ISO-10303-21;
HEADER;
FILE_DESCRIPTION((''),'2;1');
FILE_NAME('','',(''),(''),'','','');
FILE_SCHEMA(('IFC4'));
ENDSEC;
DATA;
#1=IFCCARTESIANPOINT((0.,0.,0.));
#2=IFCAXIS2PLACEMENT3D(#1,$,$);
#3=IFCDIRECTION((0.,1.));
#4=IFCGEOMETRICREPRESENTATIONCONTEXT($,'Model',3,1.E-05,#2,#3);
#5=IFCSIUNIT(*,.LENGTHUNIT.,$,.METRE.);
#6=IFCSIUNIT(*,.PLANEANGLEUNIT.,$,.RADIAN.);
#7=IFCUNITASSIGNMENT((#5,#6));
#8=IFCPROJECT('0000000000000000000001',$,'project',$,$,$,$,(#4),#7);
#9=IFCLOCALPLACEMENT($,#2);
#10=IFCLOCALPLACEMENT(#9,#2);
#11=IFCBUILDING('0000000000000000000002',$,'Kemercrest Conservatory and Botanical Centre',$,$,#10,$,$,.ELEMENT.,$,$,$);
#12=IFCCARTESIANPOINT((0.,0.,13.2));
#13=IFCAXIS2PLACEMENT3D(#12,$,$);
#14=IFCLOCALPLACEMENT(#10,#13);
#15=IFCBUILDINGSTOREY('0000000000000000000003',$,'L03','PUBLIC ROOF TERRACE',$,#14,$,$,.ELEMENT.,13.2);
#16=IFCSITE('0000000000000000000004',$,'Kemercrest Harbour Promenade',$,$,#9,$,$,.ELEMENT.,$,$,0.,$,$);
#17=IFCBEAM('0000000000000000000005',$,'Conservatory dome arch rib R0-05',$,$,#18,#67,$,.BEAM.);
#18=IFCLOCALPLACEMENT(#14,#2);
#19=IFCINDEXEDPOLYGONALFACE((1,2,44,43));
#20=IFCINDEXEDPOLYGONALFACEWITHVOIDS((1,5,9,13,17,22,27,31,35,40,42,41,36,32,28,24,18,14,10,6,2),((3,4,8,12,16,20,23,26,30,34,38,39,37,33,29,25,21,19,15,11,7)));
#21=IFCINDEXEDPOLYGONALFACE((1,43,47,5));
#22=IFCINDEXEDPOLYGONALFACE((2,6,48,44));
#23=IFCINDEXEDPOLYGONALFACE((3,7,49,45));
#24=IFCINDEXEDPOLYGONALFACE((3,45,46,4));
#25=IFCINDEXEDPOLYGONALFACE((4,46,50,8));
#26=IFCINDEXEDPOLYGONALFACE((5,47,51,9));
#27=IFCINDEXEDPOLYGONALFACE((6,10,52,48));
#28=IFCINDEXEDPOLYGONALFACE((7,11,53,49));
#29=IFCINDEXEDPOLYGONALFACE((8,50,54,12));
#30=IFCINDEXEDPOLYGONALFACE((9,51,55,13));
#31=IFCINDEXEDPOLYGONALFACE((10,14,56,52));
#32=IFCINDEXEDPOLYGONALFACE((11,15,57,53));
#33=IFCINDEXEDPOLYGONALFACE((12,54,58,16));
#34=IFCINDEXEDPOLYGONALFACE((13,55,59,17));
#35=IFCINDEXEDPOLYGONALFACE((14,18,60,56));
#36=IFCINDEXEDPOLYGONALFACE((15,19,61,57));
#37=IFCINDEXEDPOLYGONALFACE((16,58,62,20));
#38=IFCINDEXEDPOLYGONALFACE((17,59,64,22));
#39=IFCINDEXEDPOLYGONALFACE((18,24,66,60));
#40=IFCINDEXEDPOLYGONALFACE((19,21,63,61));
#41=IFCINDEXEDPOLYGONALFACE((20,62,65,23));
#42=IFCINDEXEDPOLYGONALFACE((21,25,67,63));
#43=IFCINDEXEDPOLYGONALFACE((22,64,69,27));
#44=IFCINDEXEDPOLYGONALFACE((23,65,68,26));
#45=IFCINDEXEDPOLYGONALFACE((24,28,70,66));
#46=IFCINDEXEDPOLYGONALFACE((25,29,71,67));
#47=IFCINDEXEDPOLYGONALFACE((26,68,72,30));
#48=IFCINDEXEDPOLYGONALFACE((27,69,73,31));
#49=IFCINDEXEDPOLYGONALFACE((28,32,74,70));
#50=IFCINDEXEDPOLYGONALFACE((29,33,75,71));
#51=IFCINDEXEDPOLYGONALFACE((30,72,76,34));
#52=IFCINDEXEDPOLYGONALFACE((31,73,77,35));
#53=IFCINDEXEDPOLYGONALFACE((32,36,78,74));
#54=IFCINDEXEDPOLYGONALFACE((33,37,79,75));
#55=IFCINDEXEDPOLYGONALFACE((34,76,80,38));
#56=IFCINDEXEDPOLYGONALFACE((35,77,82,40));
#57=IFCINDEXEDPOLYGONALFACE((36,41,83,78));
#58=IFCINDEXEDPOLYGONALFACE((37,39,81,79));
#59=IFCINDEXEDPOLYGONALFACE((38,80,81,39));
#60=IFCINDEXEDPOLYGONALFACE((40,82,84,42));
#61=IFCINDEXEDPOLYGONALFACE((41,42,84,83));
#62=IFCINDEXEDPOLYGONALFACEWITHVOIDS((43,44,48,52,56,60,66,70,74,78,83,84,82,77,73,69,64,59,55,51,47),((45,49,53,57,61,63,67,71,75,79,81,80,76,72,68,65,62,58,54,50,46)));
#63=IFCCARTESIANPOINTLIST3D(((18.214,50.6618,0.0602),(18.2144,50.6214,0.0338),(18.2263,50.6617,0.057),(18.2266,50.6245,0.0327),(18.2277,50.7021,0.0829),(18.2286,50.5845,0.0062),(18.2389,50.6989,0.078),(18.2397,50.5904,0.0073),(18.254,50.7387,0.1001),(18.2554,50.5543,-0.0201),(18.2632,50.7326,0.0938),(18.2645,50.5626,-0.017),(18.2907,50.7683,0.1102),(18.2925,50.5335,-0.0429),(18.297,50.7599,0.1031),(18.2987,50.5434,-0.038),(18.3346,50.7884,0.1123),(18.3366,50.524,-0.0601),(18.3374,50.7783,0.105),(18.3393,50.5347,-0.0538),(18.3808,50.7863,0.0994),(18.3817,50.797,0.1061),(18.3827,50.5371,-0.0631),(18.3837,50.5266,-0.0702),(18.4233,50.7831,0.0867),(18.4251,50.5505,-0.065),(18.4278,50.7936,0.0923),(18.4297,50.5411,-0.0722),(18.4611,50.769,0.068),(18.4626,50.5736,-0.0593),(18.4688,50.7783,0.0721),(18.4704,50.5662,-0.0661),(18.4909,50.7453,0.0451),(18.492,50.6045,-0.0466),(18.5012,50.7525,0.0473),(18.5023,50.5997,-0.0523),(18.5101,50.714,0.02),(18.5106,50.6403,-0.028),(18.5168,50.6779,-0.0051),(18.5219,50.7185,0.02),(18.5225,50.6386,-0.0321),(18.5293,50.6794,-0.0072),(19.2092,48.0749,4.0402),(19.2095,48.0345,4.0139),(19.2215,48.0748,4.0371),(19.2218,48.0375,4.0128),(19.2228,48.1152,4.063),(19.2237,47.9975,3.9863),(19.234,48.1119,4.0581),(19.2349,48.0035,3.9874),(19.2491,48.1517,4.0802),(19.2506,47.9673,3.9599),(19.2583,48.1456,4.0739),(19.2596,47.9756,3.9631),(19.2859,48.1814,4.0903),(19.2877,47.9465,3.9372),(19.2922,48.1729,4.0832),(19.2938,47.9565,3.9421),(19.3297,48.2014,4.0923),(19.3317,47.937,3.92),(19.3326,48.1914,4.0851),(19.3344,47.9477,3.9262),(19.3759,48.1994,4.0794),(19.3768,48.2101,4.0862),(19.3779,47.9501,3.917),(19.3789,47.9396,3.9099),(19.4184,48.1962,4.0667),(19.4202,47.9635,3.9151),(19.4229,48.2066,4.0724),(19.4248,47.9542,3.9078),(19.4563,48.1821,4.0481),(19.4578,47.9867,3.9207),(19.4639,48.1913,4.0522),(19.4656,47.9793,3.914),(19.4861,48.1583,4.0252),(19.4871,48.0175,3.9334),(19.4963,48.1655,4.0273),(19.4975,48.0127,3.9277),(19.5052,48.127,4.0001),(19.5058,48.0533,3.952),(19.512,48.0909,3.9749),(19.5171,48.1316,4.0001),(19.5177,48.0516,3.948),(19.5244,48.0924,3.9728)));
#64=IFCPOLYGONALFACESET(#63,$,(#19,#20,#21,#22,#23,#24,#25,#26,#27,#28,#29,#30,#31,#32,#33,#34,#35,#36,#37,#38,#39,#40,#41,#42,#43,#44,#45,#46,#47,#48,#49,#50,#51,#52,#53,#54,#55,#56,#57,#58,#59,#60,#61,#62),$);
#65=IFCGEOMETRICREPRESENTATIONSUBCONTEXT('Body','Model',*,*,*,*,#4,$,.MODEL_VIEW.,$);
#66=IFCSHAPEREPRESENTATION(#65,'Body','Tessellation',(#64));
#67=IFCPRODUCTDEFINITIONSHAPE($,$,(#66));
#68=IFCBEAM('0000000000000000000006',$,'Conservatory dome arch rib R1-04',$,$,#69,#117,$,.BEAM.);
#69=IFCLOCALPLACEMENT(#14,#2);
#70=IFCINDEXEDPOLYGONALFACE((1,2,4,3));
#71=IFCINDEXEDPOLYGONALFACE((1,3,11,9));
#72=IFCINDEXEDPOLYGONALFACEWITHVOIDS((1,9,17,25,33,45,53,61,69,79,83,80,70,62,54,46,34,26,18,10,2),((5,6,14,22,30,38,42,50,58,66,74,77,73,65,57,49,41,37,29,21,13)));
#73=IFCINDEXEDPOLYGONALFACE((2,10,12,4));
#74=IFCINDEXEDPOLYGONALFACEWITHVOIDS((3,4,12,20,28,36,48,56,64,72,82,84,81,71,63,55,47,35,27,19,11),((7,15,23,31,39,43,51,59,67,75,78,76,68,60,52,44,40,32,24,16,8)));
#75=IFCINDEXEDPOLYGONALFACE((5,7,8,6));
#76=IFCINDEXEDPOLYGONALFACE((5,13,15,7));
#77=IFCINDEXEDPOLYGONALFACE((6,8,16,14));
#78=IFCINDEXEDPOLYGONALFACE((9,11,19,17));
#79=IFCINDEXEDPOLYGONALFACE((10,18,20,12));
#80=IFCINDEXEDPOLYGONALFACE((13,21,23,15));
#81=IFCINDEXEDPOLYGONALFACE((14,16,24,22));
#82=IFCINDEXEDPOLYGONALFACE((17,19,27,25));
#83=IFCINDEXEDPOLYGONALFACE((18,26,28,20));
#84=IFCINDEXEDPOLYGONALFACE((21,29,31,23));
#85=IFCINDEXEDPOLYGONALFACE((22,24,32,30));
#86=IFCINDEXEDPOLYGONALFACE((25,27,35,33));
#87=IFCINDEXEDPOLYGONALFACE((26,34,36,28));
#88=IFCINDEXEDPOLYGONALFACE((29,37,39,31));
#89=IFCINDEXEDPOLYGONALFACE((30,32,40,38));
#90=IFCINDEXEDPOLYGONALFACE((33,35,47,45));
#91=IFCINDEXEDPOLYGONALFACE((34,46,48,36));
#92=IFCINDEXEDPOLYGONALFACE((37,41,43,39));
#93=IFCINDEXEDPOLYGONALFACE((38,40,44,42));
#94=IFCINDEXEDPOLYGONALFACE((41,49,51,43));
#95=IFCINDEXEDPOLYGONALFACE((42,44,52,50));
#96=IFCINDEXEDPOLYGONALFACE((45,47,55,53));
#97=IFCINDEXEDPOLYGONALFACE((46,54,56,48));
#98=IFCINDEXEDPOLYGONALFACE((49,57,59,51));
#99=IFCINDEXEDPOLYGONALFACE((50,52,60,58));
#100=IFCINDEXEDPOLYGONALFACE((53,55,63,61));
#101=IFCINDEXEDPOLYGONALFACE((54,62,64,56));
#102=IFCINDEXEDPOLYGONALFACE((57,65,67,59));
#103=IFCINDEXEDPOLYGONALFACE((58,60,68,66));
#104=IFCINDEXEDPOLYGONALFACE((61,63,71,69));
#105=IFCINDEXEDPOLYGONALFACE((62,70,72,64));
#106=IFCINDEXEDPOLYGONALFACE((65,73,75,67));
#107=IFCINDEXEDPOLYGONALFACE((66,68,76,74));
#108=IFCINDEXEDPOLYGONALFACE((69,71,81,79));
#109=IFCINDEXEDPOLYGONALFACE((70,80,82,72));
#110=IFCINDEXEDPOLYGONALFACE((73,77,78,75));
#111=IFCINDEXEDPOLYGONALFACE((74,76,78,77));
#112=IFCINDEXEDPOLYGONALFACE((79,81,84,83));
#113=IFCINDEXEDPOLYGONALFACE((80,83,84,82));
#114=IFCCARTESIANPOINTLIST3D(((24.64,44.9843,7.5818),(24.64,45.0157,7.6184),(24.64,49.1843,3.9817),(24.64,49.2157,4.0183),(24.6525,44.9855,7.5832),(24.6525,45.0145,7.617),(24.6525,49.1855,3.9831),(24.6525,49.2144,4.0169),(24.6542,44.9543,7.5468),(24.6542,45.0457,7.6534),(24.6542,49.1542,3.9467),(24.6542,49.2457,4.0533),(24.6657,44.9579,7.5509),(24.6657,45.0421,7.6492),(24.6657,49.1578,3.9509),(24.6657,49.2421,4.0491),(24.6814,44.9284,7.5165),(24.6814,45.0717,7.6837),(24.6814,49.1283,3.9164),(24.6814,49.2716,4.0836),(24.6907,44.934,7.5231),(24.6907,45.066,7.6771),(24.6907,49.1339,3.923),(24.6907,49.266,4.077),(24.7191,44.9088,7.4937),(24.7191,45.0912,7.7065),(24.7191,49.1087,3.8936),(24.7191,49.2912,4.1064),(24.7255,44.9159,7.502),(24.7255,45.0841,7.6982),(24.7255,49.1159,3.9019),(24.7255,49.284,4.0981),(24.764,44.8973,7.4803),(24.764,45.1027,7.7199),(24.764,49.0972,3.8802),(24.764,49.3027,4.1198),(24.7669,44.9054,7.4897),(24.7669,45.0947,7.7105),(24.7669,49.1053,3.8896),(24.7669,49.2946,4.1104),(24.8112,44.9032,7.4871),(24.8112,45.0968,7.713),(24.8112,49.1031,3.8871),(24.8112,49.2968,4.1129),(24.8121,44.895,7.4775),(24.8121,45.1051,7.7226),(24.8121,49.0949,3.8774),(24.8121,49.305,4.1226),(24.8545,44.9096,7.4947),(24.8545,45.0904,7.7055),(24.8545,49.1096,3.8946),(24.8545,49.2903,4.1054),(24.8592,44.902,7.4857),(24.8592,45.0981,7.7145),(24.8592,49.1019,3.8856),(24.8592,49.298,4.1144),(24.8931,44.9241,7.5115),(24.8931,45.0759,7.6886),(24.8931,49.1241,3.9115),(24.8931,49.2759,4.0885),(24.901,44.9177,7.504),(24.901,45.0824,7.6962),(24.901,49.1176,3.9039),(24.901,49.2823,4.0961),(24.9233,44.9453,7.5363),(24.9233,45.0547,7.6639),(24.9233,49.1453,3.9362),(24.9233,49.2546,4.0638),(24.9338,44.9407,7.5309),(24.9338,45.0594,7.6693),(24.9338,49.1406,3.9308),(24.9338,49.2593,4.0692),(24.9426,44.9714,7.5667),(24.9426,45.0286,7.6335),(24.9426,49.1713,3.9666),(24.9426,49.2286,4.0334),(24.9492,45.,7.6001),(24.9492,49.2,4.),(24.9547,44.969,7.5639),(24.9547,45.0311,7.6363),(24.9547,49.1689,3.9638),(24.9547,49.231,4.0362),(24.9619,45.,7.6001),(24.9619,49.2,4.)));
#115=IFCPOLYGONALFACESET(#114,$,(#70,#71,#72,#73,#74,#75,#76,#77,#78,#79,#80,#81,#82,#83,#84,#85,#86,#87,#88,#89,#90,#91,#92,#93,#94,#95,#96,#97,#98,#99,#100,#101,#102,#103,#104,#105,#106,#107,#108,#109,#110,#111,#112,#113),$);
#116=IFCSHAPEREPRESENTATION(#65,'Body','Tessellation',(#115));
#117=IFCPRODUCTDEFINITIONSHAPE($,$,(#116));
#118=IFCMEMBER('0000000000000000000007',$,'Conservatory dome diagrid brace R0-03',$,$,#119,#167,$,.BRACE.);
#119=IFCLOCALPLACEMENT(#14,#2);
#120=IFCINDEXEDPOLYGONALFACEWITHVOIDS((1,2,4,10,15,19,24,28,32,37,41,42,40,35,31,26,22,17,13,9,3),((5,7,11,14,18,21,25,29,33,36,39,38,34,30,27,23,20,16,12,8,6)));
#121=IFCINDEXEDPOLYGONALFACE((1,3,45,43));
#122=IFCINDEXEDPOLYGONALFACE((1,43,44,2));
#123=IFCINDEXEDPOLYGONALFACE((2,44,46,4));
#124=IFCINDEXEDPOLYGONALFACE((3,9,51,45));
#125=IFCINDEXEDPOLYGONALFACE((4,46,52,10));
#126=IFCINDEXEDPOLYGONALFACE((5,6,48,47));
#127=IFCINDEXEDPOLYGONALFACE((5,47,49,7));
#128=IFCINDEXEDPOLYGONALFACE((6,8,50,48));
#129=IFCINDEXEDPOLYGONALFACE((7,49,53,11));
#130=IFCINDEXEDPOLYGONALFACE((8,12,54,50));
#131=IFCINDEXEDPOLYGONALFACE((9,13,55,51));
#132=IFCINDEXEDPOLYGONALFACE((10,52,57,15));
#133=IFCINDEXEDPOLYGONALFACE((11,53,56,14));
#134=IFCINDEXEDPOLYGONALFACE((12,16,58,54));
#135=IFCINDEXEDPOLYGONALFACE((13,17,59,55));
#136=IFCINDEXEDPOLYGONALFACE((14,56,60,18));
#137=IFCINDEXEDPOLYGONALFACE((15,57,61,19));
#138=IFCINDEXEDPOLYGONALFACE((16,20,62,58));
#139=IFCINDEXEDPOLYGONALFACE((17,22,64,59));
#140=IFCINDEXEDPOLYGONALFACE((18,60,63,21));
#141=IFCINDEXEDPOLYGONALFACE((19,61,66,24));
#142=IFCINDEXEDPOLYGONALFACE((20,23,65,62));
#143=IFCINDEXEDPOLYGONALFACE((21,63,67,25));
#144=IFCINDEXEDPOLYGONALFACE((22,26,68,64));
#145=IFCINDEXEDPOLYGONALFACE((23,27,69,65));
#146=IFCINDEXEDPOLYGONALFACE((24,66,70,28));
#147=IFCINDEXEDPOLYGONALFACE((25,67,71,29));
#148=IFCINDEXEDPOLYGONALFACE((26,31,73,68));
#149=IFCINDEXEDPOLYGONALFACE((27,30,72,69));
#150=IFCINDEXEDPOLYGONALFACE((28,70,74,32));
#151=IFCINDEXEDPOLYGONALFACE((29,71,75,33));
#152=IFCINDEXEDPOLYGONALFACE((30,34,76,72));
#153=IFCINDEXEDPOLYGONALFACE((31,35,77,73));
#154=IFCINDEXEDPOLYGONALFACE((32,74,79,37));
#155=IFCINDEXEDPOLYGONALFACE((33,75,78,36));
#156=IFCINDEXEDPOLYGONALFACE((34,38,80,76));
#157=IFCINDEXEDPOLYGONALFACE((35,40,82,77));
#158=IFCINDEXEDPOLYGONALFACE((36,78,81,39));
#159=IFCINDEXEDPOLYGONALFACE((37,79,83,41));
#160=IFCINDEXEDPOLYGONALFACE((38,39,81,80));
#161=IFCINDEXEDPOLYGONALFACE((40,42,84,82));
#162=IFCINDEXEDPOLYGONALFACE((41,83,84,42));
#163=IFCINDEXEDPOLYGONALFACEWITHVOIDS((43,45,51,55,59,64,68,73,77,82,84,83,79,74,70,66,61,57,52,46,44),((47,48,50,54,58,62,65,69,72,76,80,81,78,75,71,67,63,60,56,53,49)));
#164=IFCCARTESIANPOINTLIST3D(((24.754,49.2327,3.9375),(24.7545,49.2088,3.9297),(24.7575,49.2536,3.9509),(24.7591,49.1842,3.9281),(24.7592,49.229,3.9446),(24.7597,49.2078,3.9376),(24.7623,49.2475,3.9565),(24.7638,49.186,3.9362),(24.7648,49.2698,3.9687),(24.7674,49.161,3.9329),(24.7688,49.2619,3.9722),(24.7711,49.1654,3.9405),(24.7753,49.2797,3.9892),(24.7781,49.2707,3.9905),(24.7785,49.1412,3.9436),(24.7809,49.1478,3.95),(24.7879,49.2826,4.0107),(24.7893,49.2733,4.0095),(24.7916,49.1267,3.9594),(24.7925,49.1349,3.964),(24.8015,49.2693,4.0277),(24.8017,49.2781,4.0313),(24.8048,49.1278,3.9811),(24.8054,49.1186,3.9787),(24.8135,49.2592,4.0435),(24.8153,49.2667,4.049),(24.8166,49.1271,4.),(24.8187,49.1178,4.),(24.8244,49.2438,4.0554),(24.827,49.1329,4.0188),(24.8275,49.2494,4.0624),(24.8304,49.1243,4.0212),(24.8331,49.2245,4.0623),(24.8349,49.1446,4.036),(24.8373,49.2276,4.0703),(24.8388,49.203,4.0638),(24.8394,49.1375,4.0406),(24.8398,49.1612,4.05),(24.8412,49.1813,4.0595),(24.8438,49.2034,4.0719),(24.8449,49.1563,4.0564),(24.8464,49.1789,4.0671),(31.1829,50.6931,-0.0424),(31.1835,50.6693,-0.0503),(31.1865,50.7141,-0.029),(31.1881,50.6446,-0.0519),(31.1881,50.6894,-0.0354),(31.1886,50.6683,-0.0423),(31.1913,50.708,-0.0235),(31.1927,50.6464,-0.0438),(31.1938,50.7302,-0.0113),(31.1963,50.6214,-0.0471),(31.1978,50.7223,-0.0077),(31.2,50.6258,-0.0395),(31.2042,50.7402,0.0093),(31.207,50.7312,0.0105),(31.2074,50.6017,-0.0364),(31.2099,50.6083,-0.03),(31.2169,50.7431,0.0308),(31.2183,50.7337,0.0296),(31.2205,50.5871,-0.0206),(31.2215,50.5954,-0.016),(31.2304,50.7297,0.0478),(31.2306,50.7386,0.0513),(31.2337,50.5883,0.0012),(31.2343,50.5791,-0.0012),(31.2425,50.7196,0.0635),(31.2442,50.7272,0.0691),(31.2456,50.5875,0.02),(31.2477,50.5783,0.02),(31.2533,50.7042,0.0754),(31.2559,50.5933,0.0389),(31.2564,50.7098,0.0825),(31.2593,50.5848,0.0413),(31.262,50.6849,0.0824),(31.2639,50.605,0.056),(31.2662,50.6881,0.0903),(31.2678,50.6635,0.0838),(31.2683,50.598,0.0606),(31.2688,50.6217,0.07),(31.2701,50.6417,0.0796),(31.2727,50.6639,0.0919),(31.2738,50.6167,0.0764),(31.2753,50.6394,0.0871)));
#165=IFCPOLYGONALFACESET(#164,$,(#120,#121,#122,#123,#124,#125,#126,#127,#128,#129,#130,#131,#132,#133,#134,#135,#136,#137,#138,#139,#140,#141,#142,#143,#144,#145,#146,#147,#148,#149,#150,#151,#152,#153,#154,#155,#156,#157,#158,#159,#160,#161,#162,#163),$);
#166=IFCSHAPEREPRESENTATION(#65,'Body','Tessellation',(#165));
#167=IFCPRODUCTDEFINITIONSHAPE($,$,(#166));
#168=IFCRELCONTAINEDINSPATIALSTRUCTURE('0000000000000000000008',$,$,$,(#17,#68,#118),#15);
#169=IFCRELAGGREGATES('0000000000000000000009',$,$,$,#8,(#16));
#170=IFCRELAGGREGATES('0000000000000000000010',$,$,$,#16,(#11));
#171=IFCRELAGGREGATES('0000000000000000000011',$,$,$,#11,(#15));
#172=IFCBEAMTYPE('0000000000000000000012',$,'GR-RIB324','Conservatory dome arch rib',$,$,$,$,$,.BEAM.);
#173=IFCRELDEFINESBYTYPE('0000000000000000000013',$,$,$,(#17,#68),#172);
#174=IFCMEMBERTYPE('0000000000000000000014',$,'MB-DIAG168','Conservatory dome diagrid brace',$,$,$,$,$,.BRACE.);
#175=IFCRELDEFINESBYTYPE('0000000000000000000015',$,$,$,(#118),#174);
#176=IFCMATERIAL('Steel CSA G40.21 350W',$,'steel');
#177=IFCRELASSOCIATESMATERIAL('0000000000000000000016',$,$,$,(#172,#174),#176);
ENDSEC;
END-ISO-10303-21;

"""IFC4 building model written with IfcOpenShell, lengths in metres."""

from ifc_helpers import new_model, si_unit, direction, frame, origin, origin_2d, place, context, subcontext, project, spatial, hollow_circle, extrude, material, material_profile, profile_set, type_object, element, save


model = new_model("IFC4")

# Units and contexts
model_context = context("Model", 3, precision=1e-05, world=origin(), true_north=direction((0.0, 1.0)))
body_context = subcontext(model_context, "Body", "Model", "MODEL_VIEW")
ifc_project = project(units=[si_unit("LENGTHUNIT", "METRE"), si_unit("PLANEANGLEUNIT", "RADIAN")], contexts=[model_context])

# Site, building, storey
site_placement = place(None, origin())
site = spatial("IfcSite", under=ifc_project, at=site_placement, Name="Kemercrest Harbour Promenade", CompositionType="ELEMENT", RefElevation=0.0)
building_placement = place(site_placement, origin())
building = spatial("IfcBuilding", under=site, at=building_placement, Name="Kemercrest Conservatory and Botanical Centre", CompositionType="ELEMENT")
storey_placement = place(building_placement, frame((0.0, 0.0, 13.2)))
storey = spatial("IfcBuildingStorey", under=building, at=storey_placement, Name="L03", Description="PUBLIC ROOF TERRACE", CompositionType="ELEMENT", Elevation=13.2)

# Shared definitions
ifc_material_1 = material(Name="Steel CSA G40.21 350W", Category="steel")

# Beams
ifc_material_profile_1 = material_profile(ifc_material_1, hollow_circle(Radius=0.1619, WallThickness=0.0127, at=origin_2d()), Name="CHS 323.9x12.7")
ifc_profile_set_1 = profile_set([ifc_material_profile_1], Name="Steel CSA G40.21 350W")
beam_type = type_object("IfcBeamType", Name="GR-RIB324", Description="Conservatory dome arch rib", PredefinedType="BEAM", material=ifc_profile_set_1)
beam_1_placement = place(storey_placement, frame((18.3708, 50.6604, 0.02), z_axis=(0.205178, -0.533383, 0.820612), x_axis=(0.933327, 0.359026, 0.0)))
element("IfcBeam", 1, at=beam_1_placement, inside=storey, type_object=beam_type, Name="Conservatory dome arch rib R0-05", PredefinedType="BEAM", context=body_context, shape_type="SweptSolid", body=[
    extrude(hollow_circle(Radius=0.1619, WallThickness=0.0127, at=origin_2d()), origin(), (0.0, 0.0, 1.0), 4.8501),
])
beam_2_placement = place(storey_placement, frame((24.8, 49.2, 4.0), z_axis=(0.0, -0.759244, 0.650806), x_axis=(1.0, 0.0, 0.0)))
element("IfcBeam", 2, at=beam_2_placement, inside=storey, type_object=beam_type, Name="Conservatory dome arch rib R1-04", PredefinedType="BEAM", context=body_context, shape_type="SweptSolid", body=[
    extrude(hollow_circle(Radius=0.1619, WallThickness=0.0127, at=origin_2d()), origin(), (0.0, 0.0, 1.0), 5.5317),
])

# Member
ifc_material_profile_2 = material_profile(ifc_material_1, hollow_circle(Radius=0.0842, WallThickness=0.0095, at=origin_2d()), Name="CHS 168.3x9.5")
ifc_profile_set_2 = profile_set([ifc_material_profile_2], Name="Steel CSA G40.21 350W")
member_type_1 = type_object("IfcMemberType", Name="MB-DIAG168", Description="Conservatory dome diagrid brace", PredefinedType="BRACE", material=ifc_profile_set_2)
member_1_placement = place(storey_placement, frame((31.229, 50.6604, 0.02), z_axis=(-0.834826, -0.189645, 0.516817), x_axis=(0.221523, -0.975155, 0.0)))
element("IfcMember", 3, at=member_1_placement, inside=storey, type_object=member_type_1, Name="Conservatory dome diagrid brace R0-03", PredefinedType="BRACE", context=body_context, shape_type="SweptSolid", body=[
    extrude(hollow_circle(Radius=0.0842, WallThickness=0.0095, at=origin_2d()), origin(), (0.0, 0.0, 1.0), 7.7009),
])

save(model, "model.ifc")
